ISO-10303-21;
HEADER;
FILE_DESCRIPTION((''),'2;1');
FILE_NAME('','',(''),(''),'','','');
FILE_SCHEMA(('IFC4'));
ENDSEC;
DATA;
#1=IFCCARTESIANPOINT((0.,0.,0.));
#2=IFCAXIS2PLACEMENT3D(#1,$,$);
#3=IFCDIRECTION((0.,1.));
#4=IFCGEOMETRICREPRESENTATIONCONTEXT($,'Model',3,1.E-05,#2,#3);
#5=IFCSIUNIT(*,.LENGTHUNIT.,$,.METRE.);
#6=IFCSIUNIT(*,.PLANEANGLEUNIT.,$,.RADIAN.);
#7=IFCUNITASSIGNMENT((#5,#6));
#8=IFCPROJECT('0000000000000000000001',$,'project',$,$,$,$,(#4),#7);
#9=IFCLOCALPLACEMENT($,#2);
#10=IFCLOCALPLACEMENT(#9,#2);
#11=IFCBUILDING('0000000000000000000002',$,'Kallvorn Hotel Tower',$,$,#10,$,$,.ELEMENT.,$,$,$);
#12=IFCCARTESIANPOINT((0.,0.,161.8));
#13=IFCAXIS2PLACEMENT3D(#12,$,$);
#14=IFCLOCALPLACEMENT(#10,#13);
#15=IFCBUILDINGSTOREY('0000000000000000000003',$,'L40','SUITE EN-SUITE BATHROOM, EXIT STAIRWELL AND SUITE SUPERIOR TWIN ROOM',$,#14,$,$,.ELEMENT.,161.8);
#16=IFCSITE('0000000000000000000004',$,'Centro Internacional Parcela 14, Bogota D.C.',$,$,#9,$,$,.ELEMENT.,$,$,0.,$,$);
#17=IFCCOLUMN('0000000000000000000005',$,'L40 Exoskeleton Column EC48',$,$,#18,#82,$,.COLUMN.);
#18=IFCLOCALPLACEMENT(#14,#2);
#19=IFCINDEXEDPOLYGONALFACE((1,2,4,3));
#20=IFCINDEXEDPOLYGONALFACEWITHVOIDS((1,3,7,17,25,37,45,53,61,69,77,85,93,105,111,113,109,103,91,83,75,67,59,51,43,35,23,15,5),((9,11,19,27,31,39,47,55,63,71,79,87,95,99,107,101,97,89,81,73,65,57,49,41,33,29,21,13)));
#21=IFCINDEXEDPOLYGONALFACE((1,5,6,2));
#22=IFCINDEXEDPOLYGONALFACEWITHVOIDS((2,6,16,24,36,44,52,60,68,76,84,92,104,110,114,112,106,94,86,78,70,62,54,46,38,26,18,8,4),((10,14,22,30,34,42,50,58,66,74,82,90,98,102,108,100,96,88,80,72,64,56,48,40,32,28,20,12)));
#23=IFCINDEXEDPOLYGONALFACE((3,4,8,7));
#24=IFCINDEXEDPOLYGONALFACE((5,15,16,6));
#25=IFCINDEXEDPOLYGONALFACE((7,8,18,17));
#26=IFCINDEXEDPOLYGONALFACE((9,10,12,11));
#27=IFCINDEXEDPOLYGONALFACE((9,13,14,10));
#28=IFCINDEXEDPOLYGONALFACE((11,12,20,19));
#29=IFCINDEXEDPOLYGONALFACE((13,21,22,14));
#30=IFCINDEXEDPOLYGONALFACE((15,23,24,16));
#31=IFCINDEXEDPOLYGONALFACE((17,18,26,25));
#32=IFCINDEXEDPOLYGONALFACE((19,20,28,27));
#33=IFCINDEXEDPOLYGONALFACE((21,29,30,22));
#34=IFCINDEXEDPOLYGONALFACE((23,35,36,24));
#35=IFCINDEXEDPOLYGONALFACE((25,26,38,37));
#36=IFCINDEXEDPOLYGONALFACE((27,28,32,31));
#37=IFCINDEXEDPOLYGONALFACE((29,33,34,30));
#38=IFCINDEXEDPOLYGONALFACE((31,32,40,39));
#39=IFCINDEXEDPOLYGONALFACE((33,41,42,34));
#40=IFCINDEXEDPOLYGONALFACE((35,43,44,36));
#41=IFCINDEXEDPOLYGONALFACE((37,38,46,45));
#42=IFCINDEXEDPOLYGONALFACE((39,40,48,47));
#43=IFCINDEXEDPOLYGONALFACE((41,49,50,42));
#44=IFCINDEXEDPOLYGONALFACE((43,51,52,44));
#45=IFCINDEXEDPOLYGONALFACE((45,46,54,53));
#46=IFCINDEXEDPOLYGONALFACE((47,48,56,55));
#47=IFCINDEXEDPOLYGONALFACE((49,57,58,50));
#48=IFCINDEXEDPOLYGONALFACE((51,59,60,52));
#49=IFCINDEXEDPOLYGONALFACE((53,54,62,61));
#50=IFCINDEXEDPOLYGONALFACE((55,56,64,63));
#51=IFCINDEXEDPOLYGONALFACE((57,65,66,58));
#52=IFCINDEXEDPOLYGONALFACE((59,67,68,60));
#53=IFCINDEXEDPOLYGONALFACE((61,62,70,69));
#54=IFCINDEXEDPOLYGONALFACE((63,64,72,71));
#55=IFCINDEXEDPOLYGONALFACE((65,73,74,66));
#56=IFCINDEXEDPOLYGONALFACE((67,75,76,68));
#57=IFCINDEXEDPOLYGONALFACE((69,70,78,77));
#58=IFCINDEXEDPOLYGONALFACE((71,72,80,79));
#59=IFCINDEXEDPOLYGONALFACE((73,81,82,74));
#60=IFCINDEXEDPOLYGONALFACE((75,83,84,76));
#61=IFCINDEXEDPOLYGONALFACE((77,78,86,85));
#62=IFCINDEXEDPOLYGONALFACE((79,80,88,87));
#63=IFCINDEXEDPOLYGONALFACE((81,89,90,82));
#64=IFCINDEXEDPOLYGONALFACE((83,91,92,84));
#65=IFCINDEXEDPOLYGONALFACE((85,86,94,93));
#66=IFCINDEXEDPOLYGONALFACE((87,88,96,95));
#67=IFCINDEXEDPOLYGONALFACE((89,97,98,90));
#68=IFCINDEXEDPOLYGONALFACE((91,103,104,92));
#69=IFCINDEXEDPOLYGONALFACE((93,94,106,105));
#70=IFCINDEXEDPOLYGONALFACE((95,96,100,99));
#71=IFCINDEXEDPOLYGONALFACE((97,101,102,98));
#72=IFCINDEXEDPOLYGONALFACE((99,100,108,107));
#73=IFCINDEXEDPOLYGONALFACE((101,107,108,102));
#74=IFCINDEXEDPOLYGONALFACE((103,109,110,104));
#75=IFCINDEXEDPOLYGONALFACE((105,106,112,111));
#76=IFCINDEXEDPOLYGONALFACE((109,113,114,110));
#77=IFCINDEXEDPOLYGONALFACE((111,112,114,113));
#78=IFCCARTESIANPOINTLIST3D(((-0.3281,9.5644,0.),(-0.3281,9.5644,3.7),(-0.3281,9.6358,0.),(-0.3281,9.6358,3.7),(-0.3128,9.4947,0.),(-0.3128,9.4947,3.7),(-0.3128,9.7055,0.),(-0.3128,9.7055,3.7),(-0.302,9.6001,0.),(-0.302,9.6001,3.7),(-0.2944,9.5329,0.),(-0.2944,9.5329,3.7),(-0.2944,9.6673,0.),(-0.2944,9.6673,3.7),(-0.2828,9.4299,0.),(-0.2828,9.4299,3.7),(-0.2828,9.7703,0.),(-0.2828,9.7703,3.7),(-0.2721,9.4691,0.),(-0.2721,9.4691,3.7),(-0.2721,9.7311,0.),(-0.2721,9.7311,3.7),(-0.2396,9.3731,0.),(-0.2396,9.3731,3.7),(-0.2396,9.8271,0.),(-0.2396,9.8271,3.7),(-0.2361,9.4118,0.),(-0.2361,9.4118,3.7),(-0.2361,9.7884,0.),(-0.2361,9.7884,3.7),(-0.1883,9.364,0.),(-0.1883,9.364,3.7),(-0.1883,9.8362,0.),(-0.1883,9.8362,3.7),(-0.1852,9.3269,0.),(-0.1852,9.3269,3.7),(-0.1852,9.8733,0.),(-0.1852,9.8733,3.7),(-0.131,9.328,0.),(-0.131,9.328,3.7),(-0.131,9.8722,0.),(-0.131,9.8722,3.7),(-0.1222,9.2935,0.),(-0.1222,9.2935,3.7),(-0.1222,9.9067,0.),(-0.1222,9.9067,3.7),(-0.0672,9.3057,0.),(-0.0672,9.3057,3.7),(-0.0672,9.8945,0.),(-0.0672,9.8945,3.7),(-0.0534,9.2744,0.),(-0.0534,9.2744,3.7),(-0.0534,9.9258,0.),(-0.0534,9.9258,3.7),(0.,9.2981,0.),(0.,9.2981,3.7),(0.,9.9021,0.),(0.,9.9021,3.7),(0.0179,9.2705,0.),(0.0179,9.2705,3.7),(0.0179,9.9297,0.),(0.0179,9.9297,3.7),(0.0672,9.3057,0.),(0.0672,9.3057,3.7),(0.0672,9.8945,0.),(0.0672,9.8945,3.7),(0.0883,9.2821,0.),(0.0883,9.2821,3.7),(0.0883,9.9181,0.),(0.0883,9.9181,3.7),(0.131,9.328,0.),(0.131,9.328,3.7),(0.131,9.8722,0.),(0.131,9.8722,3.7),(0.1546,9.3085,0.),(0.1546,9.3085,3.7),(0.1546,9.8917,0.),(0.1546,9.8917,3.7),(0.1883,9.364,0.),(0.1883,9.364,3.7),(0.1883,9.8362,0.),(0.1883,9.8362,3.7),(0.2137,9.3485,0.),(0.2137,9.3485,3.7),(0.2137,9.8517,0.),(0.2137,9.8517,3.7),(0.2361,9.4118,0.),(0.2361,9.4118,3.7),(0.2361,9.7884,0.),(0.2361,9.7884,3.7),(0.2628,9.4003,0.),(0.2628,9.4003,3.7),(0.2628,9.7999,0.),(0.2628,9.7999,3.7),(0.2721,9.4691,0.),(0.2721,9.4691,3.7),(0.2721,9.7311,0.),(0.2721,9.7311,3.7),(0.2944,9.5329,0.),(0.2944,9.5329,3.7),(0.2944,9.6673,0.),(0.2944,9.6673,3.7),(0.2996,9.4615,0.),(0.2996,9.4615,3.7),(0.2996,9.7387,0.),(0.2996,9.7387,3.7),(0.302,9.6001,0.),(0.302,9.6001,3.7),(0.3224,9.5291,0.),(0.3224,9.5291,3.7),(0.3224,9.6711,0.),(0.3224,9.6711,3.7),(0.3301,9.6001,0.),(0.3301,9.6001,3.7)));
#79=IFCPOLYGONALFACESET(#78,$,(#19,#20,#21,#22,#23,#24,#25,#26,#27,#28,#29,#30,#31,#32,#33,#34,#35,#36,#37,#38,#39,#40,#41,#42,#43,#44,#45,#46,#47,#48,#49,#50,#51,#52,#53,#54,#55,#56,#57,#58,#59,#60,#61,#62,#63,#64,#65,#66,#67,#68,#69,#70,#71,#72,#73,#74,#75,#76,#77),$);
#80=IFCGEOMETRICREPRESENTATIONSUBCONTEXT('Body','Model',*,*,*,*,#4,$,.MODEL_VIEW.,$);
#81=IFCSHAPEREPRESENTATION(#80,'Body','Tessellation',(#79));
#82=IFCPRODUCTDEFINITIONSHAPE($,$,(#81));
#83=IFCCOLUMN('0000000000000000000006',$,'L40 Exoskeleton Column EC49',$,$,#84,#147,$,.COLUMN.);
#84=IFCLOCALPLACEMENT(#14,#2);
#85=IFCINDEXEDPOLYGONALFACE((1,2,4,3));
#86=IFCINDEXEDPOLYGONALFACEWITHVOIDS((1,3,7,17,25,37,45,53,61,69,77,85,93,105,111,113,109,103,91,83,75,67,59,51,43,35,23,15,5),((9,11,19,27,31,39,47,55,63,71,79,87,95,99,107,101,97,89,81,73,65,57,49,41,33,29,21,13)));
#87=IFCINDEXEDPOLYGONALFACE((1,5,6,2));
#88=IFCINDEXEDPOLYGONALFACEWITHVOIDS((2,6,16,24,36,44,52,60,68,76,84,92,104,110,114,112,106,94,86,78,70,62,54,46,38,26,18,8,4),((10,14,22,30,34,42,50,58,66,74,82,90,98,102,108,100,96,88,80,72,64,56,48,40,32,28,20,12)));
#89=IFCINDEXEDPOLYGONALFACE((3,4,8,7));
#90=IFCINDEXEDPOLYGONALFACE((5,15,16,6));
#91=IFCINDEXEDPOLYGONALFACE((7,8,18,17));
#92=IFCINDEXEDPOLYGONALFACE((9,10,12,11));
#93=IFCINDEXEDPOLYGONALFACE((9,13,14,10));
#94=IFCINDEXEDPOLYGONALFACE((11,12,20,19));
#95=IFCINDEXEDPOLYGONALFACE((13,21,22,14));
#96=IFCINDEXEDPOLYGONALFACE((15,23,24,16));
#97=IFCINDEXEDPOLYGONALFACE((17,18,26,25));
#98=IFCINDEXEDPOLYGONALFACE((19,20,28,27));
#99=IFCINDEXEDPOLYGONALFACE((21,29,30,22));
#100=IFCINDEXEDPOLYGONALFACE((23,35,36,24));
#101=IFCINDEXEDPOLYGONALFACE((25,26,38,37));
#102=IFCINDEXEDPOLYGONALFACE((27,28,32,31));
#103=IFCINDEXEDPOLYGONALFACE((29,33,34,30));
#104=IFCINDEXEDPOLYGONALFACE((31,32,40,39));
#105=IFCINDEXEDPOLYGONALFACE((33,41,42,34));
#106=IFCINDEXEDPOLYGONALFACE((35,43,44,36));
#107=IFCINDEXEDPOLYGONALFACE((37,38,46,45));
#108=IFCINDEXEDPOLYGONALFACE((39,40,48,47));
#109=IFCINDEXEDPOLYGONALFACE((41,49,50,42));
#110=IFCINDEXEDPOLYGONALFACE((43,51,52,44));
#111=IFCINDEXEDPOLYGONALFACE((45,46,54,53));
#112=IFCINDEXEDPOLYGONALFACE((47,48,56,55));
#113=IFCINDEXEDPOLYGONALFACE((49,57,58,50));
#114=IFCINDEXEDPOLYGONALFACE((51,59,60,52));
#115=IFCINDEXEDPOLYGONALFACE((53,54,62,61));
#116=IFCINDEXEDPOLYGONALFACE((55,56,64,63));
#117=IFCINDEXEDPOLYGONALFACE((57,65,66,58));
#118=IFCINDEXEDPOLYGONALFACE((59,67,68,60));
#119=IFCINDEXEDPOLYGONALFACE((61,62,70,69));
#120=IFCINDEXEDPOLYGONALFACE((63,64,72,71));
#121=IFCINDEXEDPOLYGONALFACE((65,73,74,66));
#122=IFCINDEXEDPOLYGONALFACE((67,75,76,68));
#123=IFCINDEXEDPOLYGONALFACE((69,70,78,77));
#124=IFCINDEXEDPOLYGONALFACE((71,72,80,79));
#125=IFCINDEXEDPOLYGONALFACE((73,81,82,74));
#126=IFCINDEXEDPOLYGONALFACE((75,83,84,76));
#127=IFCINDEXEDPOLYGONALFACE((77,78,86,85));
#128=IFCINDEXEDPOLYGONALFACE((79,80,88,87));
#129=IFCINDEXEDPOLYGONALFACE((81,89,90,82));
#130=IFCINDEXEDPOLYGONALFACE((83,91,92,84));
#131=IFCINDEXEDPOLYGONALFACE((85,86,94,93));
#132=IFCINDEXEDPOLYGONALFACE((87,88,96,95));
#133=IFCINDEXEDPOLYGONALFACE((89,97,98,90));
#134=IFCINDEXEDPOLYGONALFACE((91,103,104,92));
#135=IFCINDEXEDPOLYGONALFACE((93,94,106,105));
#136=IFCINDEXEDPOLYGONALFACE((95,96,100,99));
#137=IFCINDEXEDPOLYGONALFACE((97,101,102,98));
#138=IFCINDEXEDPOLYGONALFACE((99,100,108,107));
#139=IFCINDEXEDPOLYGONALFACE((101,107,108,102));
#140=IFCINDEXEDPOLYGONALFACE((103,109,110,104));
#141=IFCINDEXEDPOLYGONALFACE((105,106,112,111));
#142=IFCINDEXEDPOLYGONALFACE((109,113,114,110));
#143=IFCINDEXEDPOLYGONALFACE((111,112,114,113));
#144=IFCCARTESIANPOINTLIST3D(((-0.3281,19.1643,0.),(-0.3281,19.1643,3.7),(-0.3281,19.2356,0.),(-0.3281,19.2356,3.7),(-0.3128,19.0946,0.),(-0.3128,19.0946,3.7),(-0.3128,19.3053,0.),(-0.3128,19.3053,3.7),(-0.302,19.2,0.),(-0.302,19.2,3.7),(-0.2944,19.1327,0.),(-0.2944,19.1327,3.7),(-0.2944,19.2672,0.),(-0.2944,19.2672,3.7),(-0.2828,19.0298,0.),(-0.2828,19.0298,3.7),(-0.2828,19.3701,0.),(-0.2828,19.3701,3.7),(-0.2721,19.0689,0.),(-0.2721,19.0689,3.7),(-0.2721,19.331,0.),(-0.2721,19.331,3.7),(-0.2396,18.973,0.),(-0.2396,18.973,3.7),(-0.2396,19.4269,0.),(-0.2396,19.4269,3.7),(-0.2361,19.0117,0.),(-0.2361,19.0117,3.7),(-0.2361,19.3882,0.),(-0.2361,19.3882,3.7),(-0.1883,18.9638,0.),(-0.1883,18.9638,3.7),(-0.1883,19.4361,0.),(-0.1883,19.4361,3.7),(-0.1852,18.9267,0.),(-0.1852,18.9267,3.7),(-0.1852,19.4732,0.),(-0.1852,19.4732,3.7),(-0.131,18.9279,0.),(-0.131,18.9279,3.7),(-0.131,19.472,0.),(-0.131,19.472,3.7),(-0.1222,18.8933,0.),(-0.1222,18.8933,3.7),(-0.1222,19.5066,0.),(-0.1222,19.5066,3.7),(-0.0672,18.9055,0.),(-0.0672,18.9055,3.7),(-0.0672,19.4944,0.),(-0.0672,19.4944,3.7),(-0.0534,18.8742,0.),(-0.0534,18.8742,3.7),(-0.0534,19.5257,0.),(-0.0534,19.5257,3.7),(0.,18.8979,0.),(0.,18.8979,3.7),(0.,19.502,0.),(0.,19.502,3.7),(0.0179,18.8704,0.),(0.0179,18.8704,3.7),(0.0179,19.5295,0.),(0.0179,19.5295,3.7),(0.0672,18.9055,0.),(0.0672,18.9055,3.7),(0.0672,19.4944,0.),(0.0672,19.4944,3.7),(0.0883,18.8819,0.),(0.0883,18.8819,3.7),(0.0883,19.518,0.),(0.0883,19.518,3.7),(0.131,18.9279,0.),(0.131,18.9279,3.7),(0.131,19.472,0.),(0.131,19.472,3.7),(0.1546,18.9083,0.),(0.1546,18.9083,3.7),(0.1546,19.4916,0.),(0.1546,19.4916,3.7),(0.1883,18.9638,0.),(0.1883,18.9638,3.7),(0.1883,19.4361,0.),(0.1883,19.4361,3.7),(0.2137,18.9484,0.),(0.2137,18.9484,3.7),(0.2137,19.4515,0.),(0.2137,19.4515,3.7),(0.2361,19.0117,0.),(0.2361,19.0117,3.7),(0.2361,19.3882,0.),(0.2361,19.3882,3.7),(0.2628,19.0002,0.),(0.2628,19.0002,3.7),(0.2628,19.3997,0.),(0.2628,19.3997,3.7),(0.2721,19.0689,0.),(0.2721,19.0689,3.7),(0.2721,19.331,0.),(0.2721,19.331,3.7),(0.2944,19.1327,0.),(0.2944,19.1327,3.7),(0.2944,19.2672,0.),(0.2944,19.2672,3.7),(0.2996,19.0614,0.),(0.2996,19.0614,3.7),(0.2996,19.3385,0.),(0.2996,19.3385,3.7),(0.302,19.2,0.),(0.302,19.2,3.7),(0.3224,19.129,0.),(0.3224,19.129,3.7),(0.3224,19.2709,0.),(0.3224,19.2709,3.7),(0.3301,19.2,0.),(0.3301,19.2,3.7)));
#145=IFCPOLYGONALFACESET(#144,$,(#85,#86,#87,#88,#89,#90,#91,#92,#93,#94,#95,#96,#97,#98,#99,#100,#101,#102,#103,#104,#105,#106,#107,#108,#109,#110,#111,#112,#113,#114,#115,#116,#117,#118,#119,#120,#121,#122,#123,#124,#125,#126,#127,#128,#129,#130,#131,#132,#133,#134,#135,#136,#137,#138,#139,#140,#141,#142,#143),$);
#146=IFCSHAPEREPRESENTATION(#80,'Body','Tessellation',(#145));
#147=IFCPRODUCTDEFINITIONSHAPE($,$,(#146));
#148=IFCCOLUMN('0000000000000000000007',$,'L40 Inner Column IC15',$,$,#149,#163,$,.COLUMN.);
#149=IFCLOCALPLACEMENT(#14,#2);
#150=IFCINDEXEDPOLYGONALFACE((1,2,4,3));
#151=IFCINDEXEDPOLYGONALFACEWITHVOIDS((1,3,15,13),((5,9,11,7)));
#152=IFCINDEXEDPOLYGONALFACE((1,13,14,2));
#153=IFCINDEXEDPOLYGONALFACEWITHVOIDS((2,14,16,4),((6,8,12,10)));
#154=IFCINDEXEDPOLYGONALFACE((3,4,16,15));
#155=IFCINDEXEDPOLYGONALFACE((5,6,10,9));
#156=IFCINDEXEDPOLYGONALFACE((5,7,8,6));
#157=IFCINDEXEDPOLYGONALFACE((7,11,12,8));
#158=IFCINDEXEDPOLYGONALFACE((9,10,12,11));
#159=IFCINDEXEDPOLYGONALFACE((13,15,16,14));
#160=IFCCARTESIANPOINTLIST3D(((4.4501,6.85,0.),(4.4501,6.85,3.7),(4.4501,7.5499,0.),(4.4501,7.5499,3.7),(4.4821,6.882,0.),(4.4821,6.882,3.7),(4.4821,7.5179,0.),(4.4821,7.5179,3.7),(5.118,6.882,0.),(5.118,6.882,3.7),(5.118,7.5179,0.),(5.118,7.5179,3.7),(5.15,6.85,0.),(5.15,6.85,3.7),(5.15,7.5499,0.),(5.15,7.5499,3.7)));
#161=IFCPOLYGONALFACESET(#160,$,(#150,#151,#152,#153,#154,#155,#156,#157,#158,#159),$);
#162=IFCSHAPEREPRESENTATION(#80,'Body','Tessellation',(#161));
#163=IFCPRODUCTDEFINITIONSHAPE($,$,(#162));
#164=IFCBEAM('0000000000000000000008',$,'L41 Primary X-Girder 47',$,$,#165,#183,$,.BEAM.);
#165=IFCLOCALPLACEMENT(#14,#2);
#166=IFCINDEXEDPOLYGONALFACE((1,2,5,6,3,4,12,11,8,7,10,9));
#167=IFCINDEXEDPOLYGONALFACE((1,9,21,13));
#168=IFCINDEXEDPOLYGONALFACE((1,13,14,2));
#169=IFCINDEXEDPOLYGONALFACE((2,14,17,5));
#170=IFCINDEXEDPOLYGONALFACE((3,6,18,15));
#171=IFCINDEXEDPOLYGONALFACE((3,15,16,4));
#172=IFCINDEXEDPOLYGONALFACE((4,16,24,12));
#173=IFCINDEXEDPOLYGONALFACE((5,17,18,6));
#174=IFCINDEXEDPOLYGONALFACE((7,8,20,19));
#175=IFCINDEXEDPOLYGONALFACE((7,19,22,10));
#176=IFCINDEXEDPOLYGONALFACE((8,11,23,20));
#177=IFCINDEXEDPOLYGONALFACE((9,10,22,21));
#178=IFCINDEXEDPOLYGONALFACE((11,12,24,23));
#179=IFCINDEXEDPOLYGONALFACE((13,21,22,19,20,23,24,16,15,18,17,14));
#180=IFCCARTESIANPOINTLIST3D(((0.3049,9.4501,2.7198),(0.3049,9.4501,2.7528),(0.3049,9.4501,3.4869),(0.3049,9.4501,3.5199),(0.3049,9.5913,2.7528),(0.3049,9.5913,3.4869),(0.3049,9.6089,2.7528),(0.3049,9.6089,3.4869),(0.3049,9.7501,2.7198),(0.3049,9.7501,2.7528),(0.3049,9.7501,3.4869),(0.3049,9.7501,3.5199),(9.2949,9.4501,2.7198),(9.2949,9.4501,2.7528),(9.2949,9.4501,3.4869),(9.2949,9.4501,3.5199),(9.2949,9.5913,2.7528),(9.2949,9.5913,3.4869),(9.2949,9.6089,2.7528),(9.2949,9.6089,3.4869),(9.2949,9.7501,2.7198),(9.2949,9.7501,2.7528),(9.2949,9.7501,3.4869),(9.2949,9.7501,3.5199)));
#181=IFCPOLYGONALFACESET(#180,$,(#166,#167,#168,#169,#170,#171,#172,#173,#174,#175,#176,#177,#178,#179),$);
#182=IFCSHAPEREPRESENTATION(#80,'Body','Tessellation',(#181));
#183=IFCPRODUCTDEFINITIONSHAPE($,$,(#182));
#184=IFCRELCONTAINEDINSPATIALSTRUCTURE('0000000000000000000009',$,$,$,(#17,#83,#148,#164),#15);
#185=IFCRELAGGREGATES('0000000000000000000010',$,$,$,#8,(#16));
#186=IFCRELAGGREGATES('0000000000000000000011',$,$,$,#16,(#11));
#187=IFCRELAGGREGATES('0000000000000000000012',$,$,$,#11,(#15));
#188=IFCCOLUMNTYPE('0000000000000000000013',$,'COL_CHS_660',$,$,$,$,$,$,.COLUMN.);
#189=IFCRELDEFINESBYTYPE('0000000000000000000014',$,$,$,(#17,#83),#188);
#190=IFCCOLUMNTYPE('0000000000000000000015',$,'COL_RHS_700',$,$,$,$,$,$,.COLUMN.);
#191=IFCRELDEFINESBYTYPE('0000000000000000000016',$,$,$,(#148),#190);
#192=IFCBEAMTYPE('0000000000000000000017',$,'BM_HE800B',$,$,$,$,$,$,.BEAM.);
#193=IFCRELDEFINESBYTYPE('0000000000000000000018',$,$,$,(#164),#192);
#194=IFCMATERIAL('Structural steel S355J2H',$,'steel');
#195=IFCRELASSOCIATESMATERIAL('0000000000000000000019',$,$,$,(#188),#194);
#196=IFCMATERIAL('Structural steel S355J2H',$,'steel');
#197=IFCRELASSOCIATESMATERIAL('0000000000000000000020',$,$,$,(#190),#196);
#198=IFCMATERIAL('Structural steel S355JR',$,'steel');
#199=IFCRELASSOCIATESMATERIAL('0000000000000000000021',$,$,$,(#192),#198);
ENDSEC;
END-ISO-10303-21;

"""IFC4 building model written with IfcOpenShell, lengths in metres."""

from ifc_helpers import new_model, si_unit, direction, frame, origin, origin_2d, place, context, subcontext, project, spatial, hollow_rectangle, hollow_circle, i_section, extrude, material, material_profile, profile_set, type_object, element, save


model = new_model("IFC4")

# Units and contexts
model_context = context("Model", 3, precision=1e-05, world=origin(), true_north=direction((0.0, 1.0)))
body_context = subcontext(model_context, "Body", "Model", "MODEL_VIEW")
ifc_project = project(units=[si_unit("LENGTHUNIT", "METRE"), si_unit("PLANEANGLEUNIT", "RADIAN")], contexts=[model_context])

# Site, building, storey
site_placement = place(None, origin())
site = spatial("IfcSite", under=ifc_project, at=site_placement, Name="Centro Internacional Parcela 14, Bogota D.C.", CompositionType="ELEMENT", RefElevation=0.0)
building_placement = place(site_placement, origin())
building = spatial("IfcBuilding", under=site, at=building_placement, Name="Kallvorn Hotel Tower", CompositionType="ELEMENT")
storey_placement = place(building_placement, frame((0.0, 0.0, 161.8)))
storey = spatial("IfcBuildingStorey", under=building, at=storey_placement, Name="L40", Description="SUITE EN-SUITE BATHROOM, EXIT STAIRWELL AND SUITE SUPERIOR TWIN ROOM", CompositionType="ELEMENT", Elevation=161.8)

# Columns
ifc_material_1 = material(Name="Structural steel S355J2H", Category="steel")
ifc_material_profile_1 = material_profile(ifc_material_1, hollow_circle(Radius=0.3301, WallThickness=0.0281, at=origin_2d()), Name="CHS 660x28")
ifc_profile_set_1 = profile_set([ifc_material_profile_1], Name="Structural steel S355J2H")
column_type_1 = type_object("IfcColumnType", Name="COL_CHS_660", PredefinedType="COLUMN", material=ifc_profile_set_1)
for number, where, z_axis, x_axis, name in (
    (1, (0.0, 9.6001, 0.0), (0.0, 0.0, 1.0), (1.0, 0.0, 0.0), "L40 Exoskeleton Column EC48"),
    (2, (0.0, 19.2, 0.0), (0.0, 0.0, 1.0), (1.0, 0.0, 0.0), "L40 Exoskeleton Column EC49"),
):
    element("IfcColumn", number, at=place(storey_placement, frame(where, z_axis=z_axis, x_axis=x_axis)), inside=storey, type_object=column_type_1, Name=name, PredefinedType="COLUMN", context=body_context, shape_type="SweptSolid", body=[
        extrude(hollow_circle(Radius=0.3301, WallThickness=0.0281, at=origin_2d()), origin(), (0.0, 0.0, 1.0), 3.7),
    ])
ifc_material_2 = material(Name="Structural steel S355J2H", Category="steel")
ifc_material_profile_2 = material_profile(ifc_material_2, hollow_rectangle(XDim=0.7, YDim=0.7, WallThickness=0.032, at=origin_2d()), Name="RHS 700x700x32")
ifc_profile_set_2 = profile_set([ifc_material_profile_2], Name="Structural steel S355J2H")
column_type_2 = type_object("IfcColumnType", Name="COL_RHS_700", PredefinedType="COLUMN", material=ifc_profile_set_2)
column_placement = place(storey_placement, frame((4.8, 7.2, 0.0), z_axis=(0.0, 0.0, 1.0), x_axis=(1.0, 0.0, 0.0)))
element("IfcColumn", 3, at=column_placement, inside=storey, type_object=column_type_2, Name="L40 Inner Column IC15", PredefinedType="COLUMN", context=body_context, shape_type="SweptSolid", body=[
    extrude(hollow_rectangle(XDim=0.7, YDim=0.7, WallThickness=0.032, at=origin_2d()), origin(), (0.0, 0.0, 1.0), 3.7),
])

# Beam
ifc_material_3 = material(Name="Structural steel S355JR", Category="steel")
ifc_material_profile_3 = material_profile(ifc_material_3, i_section(OverallWidth=0.3, OverallDepth=0.8, WebThickness=0.0176, FlangeThickness=0.033, at=origin_2d()), Name="HE 800 B")
ifc_profile_set_3 = profile_set([ifc_material_profile_3], Name="Structural steel S355JR")
beam_type_1 = type_object("IfcBeamType", Name="BM_HE800B", PredefinedType="BEAM", material=ifc_profile_set_3)
beam_1_placement = place(storey_placement, frame((0.3049, 9.6001, 3.1199), z_axis=(1.0, 0.0, 0.0), x_axis=(0.0, 1.0, 0.0)))
element("IfcBeam", 4, at=beam_1_placement, inside=storey, type_object=beam_type_1, Name="L41 Primary X-Girder 47", PredefinedType="BEAM", context=body_context, shape_type="SweptSolid", body=[
    extrude(i_section(OverallWidth=0.3, OverallDepth=0.8, WebThickness=0.0176, FlangeThickness=0.033, at=origin_2d()), origin(), (0.0, 0.0, 1.0), 8.99),
])

save(model, "model.ifc")
